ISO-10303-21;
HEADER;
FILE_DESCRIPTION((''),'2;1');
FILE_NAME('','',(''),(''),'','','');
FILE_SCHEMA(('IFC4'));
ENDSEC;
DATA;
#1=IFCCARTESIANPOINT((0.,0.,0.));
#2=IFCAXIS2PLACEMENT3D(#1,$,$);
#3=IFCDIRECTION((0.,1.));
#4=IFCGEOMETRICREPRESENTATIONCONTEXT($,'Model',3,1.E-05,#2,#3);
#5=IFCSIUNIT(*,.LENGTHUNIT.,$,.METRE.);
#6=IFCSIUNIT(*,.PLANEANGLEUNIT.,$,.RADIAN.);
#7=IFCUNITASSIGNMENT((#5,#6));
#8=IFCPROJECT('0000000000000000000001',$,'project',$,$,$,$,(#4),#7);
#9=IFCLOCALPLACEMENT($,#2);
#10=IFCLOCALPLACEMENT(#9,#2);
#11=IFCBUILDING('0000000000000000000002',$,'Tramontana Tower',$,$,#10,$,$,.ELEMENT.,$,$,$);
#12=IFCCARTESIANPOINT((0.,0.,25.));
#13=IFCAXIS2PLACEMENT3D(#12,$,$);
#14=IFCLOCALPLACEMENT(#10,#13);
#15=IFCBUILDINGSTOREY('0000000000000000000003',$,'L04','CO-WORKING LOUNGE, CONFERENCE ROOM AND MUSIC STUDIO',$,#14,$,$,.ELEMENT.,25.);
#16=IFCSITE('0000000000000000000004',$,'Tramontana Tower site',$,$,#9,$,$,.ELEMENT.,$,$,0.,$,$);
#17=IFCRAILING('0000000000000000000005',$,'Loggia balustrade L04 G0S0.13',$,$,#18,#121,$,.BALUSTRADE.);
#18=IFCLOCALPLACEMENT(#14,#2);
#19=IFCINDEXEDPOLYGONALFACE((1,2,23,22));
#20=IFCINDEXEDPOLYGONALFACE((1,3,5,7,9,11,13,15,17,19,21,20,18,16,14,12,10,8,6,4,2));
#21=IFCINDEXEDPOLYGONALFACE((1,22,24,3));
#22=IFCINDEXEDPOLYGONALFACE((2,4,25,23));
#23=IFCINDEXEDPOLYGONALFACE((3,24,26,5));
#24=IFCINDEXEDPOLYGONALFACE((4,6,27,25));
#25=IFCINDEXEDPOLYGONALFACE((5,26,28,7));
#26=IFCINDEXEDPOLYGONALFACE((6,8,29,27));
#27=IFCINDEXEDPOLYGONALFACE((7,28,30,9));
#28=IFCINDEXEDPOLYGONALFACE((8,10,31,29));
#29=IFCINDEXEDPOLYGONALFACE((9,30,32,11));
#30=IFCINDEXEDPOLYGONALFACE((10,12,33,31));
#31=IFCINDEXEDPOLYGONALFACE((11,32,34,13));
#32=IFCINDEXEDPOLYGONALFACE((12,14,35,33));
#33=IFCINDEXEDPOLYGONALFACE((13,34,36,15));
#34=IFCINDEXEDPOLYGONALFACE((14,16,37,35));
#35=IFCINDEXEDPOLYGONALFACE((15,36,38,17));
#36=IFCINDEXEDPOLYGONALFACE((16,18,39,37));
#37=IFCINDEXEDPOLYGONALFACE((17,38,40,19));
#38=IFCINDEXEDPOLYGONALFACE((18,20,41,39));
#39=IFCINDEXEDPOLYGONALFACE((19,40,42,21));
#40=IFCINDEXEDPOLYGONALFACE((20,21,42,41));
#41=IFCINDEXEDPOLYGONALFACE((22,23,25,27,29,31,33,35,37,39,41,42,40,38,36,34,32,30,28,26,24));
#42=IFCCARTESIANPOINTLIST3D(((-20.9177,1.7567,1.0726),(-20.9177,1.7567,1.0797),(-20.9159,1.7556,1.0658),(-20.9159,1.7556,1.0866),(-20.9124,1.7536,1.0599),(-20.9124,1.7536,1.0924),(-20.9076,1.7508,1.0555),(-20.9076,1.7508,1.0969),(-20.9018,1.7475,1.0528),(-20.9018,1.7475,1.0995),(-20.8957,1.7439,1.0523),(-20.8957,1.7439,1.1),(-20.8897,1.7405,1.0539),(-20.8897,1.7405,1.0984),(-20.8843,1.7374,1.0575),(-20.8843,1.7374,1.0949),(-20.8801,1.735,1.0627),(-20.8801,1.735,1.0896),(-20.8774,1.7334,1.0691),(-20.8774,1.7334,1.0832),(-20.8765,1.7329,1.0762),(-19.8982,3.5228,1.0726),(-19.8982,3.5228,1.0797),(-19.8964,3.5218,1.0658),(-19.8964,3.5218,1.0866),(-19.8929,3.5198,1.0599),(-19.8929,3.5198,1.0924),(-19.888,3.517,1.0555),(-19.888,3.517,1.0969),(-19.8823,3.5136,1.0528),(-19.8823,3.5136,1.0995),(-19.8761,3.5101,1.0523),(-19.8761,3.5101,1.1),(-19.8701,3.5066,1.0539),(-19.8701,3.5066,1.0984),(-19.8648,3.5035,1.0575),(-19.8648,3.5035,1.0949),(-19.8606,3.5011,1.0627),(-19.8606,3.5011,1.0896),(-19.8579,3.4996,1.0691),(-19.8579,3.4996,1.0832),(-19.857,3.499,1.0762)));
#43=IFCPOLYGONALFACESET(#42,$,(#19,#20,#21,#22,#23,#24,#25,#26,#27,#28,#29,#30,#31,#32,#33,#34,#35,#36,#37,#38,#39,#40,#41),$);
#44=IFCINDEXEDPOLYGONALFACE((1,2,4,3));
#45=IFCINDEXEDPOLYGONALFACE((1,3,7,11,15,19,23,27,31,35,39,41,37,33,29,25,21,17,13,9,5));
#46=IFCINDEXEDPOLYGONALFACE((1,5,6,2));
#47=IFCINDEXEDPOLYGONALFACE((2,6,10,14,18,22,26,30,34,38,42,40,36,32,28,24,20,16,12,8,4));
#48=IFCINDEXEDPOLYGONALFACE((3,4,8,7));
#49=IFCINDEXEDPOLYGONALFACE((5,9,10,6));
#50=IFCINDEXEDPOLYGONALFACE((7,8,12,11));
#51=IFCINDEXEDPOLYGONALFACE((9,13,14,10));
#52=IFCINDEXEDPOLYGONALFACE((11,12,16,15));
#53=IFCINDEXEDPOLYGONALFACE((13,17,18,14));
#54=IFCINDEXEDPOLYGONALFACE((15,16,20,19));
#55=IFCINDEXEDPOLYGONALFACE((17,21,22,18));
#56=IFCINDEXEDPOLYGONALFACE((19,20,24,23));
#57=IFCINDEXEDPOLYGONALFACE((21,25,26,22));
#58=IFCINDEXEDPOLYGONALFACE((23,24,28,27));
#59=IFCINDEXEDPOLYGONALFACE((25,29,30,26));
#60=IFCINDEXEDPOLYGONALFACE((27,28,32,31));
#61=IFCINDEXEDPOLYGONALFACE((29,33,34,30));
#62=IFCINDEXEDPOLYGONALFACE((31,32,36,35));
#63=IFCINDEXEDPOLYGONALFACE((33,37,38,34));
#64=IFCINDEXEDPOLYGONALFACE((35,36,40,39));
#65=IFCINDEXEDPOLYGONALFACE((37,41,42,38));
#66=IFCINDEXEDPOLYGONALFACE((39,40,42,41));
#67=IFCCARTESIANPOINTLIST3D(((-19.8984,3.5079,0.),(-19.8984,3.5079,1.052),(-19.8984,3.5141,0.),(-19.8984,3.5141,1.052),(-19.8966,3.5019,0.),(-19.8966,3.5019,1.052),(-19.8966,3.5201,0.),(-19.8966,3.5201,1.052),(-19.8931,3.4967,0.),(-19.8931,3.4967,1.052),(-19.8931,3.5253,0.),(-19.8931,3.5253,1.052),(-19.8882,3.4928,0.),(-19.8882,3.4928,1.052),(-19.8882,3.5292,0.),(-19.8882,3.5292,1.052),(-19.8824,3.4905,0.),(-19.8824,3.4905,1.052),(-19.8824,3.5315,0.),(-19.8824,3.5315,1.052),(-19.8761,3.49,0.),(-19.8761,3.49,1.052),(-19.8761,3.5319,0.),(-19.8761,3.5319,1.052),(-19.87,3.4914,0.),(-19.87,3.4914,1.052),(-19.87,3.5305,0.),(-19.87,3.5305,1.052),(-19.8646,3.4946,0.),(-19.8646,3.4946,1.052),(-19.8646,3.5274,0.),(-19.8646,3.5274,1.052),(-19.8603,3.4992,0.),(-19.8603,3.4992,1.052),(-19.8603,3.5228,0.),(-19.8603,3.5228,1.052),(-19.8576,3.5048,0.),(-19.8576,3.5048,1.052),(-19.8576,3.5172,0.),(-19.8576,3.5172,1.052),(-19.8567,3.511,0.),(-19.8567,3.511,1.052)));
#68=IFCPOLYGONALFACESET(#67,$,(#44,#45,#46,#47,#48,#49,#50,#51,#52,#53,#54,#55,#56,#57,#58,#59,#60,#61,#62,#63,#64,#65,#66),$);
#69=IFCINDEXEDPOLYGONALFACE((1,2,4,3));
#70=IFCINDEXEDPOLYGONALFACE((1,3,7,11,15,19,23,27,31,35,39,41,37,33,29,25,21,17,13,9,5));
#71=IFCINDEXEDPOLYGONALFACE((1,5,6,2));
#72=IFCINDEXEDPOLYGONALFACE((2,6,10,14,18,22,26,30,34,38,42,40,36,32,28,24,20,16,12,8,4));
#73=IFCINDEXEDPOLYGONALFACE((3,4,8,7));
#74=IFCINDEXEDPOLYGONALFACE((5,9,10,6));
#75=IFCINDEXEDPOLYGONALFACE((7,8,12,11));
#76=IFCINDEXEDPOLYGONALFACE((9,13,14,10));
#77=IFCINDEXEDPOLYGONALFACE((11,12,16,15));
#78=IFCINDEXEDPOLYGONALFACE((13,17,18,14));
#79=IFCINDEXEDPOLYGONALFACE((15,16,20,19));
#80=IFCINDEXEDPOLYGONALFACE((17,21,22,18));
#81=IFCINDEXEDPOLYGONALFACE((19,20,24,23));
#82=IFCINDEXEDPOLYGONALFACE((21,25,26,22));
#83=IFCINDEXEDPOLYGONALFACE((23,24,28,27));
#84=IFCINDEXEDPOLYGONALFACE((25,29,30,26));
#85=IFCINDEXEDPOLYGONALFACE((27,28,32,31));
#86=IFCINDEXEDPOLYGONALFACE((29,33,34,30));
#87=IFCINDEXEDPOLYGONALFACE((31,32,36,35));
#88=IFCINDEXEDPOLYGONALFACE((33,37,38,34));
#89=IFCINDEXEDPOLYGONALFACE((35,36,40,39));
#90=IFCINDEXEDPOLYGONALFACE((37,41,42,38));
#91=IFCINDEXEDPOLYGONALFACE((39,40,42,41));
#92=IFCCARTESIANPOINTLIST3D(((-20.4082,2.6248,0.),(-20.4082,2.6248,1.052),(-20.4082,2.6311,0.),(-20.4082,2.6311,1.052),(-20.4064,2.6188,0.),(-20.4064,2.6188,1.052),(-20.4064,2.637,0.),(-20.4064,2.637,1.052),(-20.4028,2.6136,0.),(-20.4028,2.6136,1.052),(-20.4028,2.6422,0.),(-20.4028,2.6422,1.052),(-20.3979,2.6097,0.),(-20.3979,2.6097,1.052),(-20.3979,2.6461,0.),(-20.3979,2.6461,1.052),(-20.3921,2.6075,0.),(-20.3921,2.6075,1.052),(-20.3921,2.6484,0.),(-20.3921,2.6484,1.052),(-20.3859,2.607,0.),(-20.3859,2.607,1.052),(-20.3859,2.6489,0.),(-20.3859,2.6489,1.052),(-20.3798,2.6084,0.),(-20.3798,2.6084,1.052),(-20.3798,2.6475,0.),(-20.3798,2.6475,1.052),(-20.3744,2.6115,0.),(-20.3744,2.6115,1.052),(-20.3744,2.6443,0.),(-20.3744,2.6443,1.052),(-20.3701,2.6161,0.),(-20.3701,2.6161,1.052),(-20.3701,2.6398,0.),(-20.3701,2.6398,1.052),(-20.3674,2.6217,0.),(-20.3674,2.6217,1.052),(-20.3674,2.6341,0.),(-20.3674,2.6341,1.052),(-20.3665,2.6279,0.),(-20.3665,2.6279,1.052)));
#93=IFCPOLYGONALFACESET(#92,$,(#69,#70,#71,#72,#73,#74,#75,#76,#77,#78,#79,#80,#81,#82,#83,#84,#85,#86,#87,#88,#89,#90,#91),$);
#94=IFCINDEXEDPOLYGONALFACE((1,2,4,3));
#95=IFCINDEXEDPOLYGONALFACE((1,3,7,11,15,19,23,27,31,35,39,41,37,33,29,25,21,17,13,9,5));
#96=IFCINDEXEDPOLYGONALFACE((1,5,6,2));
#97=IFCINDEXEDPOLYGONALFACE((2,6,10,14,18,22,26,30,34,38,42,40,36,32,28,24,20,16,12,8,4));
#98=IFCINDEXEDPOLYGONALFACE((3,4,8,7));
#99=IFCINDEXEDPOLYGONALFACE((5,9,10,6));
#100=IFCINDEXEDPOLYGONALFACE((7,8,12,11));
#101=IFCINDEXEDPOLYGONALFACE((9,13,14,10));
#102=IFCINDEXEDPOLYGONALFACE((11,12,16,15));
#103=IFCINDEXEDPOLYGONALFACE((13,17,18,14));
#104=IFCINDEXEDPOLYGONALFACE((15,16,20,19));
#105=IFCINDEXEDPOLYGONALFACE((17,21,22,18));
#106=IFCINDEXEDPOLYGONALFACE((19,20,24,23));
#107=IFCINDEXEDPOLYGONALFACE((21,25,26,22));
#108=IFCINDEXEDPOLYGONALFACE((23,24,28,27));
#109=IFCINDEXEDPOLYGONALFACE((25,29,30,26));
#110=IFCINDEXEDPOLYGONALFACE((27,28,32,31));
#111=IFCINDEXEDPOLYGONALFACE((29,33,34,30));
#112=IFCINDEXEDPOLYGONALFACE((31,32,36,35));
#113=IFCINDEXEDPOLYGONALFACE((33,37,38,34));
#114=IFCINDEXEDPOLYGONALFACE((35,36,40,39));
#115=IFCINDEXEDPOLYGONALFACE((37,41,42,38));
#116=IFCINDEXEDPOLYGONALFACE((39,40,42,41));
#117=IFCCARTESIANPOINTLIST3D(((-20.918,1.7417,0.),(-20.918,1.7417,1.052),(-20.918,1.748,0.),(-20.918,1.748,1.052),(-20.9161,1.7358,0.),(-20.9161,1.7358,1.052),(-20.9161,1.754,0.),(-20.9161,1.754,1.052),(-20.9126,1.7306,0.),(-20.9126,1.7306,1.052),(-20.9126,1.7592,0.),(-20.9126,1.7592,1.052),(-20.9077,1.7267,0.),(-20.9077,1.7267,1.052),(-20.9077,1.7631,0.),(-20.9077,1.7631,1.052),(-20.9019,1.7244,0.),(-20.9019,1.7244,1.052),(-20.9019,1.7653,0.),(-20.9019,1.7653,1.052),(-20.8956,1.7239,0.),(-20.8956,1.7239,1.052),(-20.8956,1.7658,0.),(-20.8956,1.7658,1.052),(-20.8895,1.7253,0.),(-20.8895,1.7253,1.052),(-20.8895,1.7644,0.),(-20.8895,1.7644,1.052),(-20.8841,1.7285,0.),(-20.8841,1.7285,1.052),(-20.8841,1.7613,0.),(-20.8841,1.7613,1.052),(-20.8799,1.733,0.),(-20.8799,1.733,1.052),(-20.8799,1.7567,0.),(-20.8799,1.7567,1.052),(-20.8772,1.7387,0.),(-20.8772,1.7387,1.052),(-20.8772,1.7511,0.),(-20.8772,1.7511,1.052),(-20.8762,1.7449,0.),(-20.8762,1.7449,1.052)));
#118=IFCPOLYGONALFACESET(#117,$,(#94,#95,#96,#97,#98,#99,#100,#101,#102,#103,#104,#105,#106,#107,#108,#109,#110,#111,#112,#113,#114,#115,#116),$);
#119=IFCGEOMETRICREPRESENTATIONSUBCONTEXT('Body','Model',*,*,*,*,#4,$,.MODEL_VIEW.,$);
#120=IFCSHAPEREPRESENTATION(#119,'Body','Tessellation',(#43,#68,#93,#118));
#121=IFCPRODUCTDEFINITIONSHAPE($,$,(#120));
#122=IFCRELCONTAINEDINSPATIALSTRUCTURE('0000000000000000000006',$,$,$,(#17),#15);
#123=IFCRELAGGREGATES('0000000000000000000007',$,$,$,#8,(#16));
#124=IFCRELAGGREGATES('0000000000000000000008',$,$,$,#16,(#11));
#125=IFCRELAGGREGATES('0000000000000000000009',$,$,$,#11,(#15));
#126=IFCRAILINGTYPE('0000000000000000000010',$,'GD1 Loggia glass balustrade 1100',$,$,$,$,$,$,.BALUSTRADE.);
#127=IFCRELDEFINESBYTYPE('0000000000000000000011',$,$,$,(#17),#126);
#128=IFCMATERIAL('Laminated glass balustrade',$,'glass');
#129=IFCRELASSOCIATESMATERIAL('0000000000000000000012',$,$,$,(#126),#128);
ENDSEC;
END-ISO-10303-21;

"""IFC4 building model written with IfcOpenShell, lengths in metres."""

from ifc_helpers import new_model, si_unit, direction, frame, origin, origin_2d, place, context, subcontext, project, spatial, circle, extrude, material, type_object, element, save


model = new_model("IFC4")

# Units and contexts
model_context = context("Model", 3, precision=1e-05, world=origin(), true_north=direction((0.0, 1.0)))
body_context = subcontext(model_context, "Body", "Model", "MODEL_VIEW")
ifc_project = project(units=[si_unit("LENGTHUNIT", "METRE"), si_unit("PLANEANGLEUNIT", "RADIAN")], contexts=[model_context])

# Site, building, storey
site_placement = place(None, origin())
site = spatial("IfcSite", under=ifc_project, at=site_placement, Name="Tramontana Tower site", CompositionType="ELEMENT", RefElevation=0.0)
building_placement = place(site_placement, origin())
building = spatial("IfcBuilding", under=site, at=building_placement, Name="Tramontana Tower", CompositionType="ELEMENT")
storey_placement = place(building_placement, frame((0.0, 0.0, 25.0)))
storey = spatial("IfcBuildingStorey", under=building, at=storey_placement, Name="L04", Description="CO-WORKING LOUNGE, CONFERENCE ROOM AND MUSIC STUDIO", CompositionType="ELEMENT", Elevation=25.0)

# Railing
ifc_material_1 = material(Name="Laminated glass balustrade", Category="glass")
railing_type = type_object("IfcRailingType", Name="GD1 Loggia glass balustrade 1100", PredefinedType="BALUSTRADE", material=ifc_material_1)
railing_placement = place(storey_placement, frame((-19.8777, 3.511, 0.0)))
element("IfcRailing", 1, at=railing_placement, inside=storey, type_object=railing_type, Name="Loggia balustrade L04 G0S0.13", PredefinedType="BALUSTRADE", context=body_context, shape_type="SweptSolid", body=[
    extrude(circle(Radius=0.0239, at=origin_2d()), frame((0.0, 0.0, 1.0762), z_axis=(-0.49995, -0.866054, 0.0), x_axis=(0.866054, -0.49995, 0.0)), (0.0, 0.0, 1.0), 2.0393),
    extrude(circle(Radius=0.021, at=origin_2d()), origin(), (0.0, 0.0, 1.0), 1.052),
    extrude(circle(Radius=0.021, at=origin_2d()), frame((-0.5098, -0.8831, 0.0)), (0.0, 0.0, 1.0), 1.052),
    extrude(circle(Radius=0.021, at=origin_2d()), frame((-1.0195, -1.7661, 0.0)), (0.0, 0.0, 1.0), 1.052),
])

save(model, "model.ifc")
